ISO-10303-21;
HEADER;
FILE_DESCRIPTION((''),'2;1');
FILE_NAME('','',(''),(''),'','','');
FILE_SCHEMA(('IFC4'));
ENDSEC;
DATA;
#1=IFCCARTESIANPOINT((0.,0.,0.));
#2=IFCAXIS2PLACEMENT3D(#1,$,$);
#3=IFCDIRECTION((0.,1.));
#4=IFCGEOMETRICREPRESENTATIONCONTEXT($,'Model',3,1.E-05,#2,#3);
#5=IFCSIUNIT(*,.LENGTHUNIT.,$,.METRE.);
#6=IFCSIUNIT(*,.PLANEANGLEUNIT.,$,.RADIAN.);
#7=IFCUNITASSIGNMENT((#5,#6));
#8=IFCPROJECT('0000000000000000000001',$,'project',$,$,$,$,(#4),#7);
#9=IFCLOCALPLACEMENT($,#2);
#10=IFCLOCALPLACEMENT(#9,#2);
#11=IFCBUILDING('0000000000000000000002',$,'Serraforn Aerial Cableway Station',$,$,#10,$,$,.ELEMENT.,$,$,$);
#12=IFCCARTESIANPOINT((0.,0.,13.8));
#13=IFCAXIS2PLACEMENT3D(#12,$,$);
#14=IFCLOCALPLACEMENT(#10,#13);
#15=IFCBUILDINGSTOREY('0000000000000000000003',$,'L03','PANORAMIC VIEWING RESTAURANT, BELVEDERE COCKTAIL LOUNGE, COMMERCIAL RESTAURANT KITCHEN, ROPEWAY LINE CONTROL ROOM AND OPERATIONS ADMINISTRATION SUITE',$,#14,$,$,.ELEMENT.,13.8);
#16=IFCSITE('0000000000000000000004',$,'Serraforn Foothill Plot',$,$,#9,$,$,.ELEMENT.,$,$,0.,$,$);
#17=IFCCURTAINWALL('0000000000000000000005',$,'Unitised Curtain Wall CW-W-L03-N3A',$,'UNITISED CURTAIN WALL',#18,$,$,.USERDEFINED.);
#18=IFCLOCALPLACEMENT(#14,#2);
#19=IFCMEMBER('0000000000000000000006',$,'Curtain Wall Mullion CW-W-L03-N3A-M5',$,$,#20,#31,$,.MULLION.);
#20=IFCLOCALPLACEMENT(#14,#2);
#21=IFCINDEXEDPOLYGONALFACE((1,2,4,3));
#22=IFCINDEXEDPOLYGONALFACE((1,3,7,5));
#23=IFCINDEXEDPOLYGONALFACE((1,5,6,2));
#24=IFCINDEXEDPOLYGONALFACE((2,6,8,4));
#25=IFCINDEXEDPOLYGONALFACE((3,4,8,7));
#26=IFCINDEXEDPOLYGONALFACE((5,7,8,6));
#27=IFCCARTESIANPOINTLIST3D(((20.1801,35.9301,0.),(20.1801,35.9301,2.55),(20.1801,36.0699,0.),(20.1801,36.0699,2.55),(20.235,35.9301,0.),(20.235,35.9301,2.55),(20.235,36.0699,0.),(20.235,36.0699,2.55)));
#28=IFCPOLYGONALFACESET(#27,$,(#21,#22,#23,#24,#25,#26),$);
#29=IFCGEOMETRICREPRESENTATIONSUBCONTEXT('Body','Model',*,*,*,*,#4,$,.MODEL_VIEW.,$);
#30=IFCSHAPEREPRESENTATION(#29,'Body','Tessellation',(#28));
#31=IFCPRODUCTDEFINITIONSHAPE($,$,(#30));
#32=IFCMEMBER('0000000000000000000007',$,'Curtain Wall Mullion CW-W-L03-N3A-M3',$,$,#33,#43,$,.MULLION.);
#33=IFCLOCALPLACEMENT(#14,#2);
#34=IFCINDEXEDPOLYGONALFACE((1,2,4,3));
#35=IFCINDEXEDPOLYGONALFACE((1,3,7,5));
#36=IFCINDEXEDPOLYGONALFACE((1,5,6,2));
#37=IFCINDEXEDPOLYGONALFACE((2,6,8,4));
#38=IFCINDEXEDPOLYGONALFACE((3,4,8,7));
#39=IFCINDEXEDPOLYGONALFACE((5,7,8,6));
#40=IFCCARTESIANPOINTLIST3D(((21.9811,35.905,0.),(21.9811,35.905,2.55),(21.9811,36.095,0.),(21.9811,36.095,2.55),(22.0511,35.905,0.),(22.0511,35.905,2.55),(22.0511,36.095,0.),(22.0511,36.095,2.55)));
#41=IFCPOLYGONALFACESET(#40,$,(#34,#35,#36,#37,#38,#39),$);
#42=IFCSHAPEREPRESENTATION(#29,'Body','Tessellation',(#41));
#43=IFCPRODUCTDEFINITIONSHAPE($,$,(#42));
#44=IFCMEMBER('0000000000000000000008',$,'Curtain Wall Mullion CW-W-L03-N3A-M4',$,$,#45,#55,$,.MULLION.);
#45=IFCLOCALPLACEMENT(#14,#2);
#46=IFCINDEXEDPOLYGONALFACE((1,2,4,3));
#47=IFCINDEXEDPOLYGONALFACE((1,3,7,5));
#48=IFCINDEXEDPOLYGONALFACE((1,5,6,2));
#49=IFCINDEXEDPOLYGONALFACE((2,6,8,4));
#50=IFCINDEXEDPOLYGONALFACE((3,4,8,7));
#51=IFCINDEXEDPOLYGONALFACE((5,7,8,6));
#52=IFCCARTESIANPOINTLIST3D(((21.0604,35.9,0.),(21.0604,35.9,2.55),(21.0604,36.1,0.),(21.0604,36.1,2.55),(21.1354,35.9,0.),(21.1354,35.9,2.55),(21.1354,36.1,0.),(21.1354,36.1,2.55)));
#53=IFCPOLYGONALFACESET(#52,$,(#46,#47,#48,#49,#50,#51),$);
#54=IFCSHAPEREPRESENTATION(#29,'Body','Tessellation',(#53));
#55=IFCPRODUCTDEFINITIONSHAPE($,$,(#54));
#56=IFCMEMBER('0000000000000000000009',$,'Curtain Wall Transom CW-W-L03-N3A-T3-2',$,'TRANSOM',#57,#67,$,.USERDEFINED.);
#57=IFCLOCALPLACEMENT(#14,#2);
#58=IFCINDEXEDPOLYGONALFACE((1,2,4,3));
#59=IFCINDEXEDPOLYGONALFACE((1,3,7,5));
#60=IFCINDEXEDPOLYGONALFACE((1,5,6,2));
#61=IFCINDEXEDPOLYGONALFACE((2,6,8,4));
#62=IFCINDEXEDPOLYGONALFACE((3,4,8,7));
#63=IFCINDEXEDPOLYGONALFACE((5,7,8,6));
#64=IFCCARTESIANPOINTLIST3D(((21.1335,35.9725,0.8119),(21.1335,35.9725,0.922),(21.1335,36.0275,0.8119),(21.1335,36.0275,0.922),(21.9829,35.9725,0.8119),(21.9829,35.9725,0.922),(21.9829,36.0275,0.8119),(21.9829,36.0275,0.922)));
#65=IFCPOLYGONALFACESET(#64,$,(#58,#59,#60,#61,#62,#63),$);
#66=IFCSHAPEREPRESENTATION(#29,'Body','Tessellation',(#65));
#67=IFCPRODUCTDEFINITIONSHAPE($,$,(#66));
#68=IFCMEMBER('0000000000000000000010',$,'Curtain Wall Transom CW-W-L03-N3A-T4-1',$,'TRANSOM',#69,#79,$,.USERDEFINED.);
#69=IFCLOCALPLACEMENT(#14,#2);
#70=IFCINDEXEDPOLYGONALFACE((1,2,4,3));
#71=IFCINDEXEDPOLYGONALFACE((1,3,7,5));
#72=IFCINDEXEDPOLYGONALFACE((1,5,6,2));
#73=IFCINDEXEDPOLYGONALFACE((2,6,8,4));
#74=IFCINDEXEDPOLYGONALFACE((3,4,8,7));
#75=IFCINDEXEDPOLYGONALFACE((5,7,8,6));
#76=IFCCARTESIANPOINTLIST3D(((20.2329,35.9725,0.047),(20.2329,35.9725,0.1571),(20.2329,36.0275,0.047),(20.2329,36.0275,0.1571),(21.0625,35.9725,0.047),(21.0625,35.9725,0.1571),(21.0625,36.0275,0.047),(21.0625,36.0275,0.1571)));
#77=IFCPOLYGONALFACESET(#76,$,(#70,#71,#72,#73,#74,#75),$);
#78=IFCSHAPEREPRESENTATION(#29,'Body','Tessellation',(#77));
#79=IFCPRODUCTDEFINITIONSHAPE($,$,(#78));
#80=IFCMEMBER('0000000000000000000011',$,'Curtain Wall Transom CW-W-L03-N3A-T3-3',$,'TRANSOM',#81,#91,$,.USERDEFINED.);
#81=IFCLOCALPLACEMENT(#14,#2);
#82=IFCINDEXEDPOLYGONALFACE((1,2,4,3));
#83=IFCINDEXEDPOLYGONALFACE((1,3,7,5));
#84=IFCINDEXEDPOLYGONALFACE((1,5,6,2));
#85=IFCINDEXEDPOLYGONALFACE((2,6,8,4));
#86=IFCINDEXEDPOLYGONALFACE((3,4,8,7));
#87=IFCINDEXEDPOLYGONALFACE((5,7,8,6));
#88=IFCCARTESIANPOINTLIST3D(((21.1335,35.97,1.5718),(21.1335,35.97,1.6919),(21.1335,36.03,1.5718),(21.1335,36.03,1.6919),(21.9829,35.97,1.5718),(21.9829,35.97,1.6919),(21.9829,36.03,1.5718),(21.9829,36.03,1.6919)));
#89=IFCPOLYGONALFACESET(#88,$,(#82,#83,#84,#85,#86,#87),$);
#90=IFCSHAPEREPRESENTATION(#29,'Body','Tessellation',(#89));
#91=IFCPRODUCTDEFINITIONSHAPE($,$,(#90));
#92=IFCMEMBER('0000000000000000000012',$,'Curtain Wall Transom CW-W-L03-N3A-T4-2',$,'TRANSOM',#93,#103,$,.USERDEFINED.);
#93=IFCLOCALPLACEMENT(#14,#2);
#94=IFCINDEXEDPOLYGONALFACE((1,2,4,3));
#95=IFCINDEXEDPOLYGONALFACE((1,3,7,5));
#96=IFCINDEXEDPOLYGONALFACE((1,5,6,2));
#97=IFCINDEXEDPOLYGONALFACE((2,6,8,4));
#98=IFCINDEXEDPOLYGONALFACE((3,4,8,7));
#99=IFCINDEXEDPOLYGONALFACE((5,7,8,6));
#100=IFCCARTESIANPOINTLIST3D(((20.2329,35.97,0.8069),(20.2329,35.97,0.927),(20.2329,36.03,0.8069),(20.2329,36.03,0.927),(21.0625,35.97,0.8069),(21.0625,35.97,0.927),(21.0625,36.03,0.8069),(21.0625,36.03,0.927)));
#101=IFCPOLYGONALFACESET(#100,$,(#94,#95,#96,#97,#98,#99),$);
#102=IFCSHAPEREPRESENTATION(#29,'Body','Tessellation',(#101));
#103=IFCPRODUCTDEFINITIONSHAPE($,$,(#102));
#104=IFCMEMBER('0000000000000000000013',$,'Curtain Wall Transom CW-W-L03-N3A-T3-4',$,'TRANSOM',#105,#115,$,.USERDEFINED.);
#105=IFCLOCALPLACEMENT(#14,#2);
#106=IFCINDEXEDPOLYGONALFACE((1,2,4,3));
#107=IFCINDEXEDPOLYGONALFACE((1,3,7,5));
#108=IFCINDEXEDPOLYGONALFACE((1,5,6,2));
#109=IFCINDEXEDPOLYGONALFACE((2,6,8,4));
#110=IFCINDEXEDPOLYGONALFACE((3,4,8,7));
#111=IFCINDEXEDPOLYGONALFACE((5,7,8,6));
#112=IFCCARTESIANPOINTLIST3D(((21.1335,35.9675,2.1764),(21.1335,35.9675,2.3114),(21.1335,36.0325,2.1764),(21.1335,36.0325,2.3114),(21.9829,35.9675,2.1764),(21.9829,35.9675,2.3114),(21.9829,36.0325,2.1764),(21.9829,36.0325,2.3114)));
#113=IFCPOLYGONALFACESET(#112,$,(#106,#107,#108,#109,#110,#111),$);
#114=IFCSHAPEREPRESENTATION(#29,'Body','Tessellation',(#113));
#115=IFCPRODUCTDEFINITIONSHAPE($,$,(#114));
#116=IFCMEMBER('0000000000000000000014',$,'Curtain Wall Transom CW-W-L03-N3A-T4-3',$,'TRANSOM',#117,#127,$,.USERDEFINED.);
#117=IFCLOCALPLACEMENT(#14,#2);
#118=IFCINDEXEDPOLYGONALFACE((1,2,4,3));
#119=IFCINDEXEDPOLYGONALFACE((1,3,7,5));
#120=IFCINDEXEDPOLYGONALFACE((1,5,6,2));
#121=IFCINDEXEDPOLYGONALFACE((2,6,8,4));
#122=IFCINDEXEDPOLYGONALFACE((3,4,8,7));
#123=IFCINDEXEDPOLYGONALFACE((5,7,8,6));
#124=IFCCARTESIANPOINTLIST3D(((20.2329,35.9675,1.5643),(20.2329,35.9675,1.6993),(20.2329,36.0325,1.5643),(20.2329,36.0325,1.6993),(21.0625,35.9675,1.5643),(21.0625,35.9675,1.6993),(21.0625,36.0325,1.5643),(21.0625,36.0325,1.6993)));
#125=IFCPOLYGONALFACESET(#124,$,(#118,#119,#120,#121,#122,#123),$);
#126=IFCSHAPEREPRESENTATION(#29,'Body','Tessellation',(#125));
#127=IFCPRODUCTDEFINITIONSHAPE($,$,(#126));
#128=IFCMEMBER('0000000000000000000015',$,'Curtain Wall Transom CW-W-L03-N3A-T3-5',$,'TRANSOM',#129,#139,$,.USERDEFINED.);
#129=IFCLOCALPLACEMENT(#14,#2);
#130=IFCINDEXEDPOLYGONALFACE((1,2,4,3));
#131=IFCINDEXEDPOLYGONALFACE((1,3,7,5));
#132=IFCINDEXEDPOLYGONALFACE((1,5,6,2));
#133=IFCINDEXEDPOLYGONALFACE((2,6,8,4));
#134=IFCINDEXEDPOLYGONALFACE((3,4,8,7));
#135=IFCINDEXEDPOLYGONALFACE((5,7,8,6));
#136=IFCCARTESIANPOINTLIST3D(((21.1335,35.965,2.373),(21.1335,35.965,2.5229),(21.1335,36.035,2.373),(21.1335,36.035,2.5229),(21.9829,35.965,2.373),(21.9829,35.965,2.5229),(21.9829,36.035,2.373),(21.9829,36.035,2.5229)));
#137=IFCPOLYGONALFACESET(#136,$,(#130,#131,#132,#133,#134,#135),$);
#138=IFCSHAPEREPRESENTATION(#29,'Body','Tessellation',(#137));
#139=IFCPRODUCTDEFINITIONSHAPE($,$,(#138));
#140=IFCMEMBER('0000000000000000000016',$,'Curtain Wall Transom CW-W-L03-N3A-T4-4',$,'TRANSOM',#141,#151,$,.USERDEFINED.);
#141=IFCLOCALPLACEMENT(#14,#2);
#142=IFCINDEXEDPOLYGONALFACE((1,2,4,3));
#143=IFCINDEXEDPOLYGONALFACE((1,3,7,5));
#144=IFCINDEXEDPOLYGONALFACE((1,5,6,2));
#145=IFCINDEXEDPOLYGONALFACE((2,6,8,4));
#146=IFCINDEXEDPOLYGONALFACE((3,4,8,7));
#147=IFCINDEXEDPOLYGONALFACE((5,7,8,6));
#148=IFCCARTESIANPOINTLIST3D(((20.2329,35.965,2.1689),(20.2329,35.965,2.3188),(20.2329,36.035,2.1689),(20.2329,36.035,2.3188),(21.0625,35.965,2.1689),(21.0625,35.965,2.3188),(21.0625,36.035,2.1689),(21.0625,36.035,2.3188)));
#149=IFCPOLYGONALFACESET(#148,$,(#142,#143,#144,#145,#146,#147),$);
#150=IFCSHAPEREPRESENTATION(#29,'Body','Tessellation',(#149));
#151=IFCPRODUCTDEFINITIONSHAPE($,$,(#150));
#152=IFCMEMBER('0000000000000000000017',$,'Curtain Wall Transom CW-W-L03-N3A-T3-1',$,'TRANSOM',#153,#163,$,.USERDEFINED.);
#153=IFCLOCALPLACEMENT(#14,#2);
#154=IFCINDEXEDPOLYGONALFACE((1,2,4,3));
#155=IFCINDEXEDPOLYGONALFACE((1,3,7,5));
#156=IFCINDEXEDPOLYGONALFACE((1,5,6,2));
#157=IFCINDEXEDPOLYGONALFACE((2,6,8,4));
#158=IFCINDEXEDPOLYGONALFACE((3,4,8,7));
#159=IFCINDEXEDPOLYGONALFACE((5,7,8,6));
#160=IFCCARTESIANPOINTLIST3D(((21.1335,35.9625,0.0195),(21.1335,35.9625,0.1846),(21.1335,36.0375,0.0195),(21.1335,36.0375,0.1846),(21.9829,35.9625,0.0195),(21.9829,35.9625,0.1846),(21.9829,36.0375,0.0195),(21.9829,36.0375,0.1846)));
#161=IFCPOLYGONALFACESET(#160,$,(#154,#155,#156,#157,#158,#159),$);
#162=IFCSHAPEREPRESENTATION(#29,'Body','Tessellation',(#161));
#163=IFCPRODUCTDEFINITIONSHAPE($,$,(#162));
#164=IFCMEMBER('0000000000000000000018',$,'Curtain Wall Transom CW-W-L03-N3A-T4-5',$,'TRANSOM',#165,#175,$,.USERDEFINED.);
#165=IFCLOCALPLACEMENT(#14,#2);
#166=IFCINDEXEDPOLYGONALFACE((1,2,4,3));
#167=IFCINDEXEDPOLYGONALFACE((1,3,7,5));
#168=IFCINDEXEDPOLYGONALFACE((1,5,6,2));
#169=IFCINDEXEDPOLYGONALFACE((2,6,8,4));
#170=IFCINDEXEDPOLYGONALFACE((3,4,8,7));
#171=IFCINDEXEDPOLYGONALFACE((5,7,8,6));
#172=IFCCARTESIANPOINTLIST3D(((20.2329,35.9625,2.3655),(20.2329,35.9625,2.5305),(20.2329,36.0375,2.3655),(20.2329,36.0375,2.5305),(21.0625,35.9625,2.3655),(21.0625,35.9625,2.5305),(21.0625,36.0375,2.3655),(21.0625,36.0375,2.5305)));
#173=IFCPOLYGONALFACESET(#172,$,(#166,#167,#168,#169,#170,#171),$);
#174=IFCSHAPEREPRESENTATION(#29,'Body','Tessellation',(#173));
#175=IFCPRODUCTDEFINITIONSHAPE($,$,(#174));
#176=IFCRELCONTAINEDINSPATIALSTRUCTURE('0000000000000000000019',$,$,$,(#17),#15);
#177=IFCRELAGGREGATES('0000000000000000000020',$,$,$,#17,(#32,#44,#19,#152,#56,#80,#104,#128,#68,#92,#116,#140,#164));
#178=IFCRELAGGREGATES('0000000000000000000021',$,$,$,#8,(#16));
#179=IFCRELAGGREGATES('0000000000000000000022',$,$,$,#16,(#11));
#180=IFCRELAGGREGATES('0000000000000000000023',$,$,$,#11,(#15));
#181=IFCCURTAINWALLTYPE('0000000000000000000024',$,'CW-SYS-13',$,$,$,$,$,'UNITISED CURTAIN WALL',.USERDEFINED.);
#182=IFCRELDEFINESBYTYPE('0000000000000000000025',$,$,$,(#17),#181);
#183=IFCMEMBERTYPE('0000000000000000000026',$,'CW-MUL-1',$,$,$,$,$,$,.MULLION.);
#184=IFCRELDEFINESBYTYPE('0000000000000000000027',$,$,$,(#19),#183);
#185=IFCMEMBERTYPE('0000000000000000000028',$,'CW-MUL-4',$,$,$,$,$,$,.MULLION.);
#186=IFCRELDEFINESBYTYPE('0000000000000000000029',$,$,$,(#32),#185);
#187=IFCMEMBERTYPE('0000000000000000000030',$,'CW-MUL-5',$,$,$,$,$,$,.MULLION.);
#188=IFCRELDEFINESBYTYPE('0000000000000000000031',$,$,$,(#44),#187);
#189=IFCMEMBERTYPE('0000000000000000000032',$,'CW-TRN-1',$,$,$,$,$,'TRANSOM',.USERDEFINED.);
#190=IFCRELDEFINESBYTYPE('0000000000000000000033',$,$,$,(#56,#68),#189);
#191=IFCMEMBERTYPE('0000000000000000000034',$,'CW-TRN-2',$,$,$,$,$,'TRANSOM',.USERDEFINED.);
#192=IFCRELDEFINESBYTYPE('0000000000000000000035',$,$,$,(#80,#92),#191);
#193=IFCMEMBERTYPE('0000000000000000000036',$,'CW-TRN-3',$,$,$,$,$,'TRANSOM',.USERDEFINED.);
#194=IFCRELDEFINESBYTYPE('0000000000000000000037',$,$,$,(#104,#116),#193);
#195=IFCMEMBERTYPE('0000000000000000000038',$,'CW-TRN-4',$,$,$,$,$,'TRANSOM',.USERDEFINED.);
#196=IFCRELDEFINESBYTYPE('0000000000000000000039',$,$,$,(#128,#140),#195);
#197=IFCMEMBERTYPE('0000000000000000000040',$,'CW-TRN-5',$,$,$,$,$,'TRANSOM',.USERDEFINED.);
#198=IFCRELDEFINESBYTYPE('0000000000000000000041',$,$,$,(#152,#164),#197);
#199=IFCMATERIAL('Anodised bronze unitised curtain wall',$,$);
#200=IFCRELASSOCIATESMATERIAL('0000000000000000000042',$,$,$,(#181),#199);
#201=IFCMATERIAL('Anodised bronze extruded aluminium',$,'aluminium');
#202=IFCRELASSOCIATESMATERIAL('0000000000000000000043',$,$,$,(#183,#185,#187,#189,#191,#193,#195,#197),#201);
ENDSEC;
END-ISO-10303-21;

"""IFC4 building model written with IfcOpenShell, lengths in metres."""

from ifc_helpers import new_model, si_unit, direction, frame, origin, origin_2d, place, context, subcontext, project, spatial, rectangle, extrude, material, material_profile, profile_set, type_object, element, aggregate, save


model = new_model("IFC4")

# Units and contexts
model_context = context("Model", 3, precision=1e-05, world=origin(), true_north=direction((0.0, 1.0)))
body_context = subcontext(model_context, "Body", "Model", "MODEL_VIEW")
ifc_project = project(units=[si_unit("LENGTHUNIT", "METRE"), si_unit("PLANEANGLEUNIT", "RADIAN")], contexts=[model_context])

# Site, building, storey
site_placement = place(None, origin())
site = spatial("IfcSite", under=ifc_project, at=site_placement, Name="Serraforn Foothill Plot", CompositionType="ELEMENT", RefElevation=0.0)
building_placement = place(site_placement, origin())
building = spatial("IfcBuilding", under=site, at=building_placement, Name="Serraforn Aerial Cableway Station", CompositionType="ELEMENT")
storey_placement = place(building_placement, frame((0.0, 0.0, 13.8)))
storey = spatial("IfcBuildingStorey", under=building, at=storey_placement, Name="L03", Description="PANORAMIC VIEWING RESTAURANT, BELVEDERE COCKTAIL LOUNGE, COMMERCIAL RESTAURANT KITCHEN, ROPEWAY LINE CONTROL ROOM AND OPERATIONS ADMINISTRATION SUITE", CompositionType="ELEMENT", Elevation=13.8)

# Curtain wall, members
ifc_material_1 = material(Name="Anodised bronze unitised curtain wall")
curtain_wall_type = type_object("IfcCurtainWallType", Name="CW-SYS-13", ElementType="UNITISED CURTAIN WALL", PredefinedType="USERDEFINED", material=ifc_material_1)
curtain_wall_placement = place(storey_placement, origin())
curtain_wall = element("IfcCurtainWall", 1, at=curtain_wall_placement, inside=storey, type_object=curtain_wall_type, Name="Unitised Curtain Wall CW-W-L03-N3A", ObjectType="UNITISED CURTAIN WALL", PredefinedType="USERDEFINED")
ifc_material_2 = material(Name="Anodised bronze extruded aluminium", Category="aluminium")
ifc_material_profile_1 = material_profile(ifc_material_2, rectangle(XDim=0.0549, YDim=0.1399, at=origin_2d()), Name="CW MULLION 55x140")
ifc_profile_set_1 = profile_set([ifc_material_profile_1], Name="Anodised bronze extruded aluminium")
member_type_1 = type_object("IfcMemberType", Name="CW-MUL-1", PredefinedType="MULLION", material=ifc_profile_set_1)
member_1_placement = place(storey_placement, frame((20.2075, 36.0, 0.0), z_axis=(0.0, 0.0, 1.0), x_axis=(-1.0, 0.0, 0.0)))
member_1 = element("IfcMember", 2, at=member_1_placement, type_object=member_type_1, Name="Curtain Wall Mullion CW-W-L03-N3A-M5", PredefinedType="MULLION", context=body_context, shape_type="SweptSolid", body=[
    extrude(rectangle(XDim=0.0549, YDim=0.1399, at=origin_2d()), origin(), (0.0, 0.0, 1.0), 2.55),
])
ifc_material_profile_2 = material_profile(ifc_material_2, rectangle(XDim=0.0701, YDim=0.1899, at=origin_2d()), Name="CW MULLION 70x190")
ifc_profile_set_2 = profile_set([ifc_material_profile_2], Name="Anodised bronze extruded aluminium")
member_type_2 = type_object("IfcMemberType", Name="CW-MUL-4", PredefinedType="MULLION", material=ifc_profile_set_2)
member_2_placement = place(storey_placement, frame((22.0161, 36.0, 0.0), z_axis=(0.0, 0.0, 1.0), x_axis=(-1.0, 0.0, 0.0)))
member_2 = element("IfcMember", 3, at=member_2_placement, type_object=member_type_2, Name="Curtain Wall Mullion CW-W-L03-N3A-M3", PredefinedType="MULLION", context=body_context, shape_type="SweptSolid", body=[
    extrude(rectangle(XDim=0.0701, YDim=0.1899, at=origin_2d()), origin(), (0.0, 0.0, 1.0), 2.55),
])
ifc_material_profile_3 = material_profile(ifc_material_2, rectangle(XDim=0.075, YDim=0.2, at=origin_2d()), Name="CW MULLION 75x200")
ifc_profile_set_3 = profile_set([ifc_material_profile_3], Name="Anodised bronze extruded aluminium")
member_type_3 = type_object("IfcMemberType", Name="CW-MUL-5", PredefinedType="MULLION", material=ifc_profile_set_3)
member_3_placement = place(storey_placement, frame((21.0979, 36.0, 0.0), z_axis=(0.0, 0.0, 1.0), x_axis=(-1.0, 0.0, 0.0)))
member_3 = element("IfcMember", 4, at=member_3_placement, type_object=member_type_3, Name="Curtain Wall Mullion CW-W-L03-N3A-M4", PredefinedType="MULLION", context=body_context, shape_type="SweptSolid", body=[
    extrude(rectangle(XDim=0.075, YDim=0.2, at=origin_2d()), origin(), (0.0, 0.0, 1.0), 2.55),
])
ifc_material_profile_4 = material_profile(ifc_material_2, rectangle(XDim=0.0549, YDim=0.1101, at=origin_2d()), Name="CW TRANSOM 55x110")
ifc_profile_set_4 = profile_set([ifc_material_profile_4], Name="Anodised bronze extruded aluminium")
member_type_4 = type_object("IfcMemberType", Name="CW-TRN-1", ElementType="TRANSOM", PredefinedType="USERDEFINED", material=ifc_profile_set_4)
member_4_placement = place(storey_placement, frame((21.9829, 36.0, 0.8669), z_axis=(-1.0, 0.0, 0.0), x_axis=(0.0, -1.0, 0.0)))
member_4 = element("IfcMember", 5, at=member_4_placement, type_object=member_type_4, Name="Curtain Wall Transom CW-W-L03-N3A-T3-2", ObjectType="TRANSOM", PredefinedType="USERDEFINED", context=body_context, shape_type="SweptSolid", body=[
    extrude(rectangle(XDim=0.0549, YDim=0.1101, at=origin_2d()), origin(), (0.0, 0.0, 1.0), 0.8494),
])
member_5_placement = place(storey_placement, frame((21.0625, 36.0, 0.1021), z_axis=(-1.0, 0.0, 0.0), x_axis=(0.0, -1.0, 0.0)))
member_5 = element("IfcMember", 6, at=member_5_placement, type_object=member_type_4, Name="Curtain Wall Transom CW-W-L03-N3A-T4-1", ObjectType="TRANSOM", PredefinedType="USERDEFINED", context=body_context, shape_type="SweptSolid", body=[
    extrude(rectangle(XDim=0.0549, YDim=0.1101, at=origin_2d()), origin(), (0.0, 0.0, 1.0), 0.8296),
])
ifc_material_profile_5 = material_profile(ifc_material_2, rectangle(XDim=0.0601, YDim=0.1201, at=origin_2d()), Name="CW TRANSOM 60x120")
ifc_profile_set_5 = profile_set([ifc_material_profile_5], Name="Anodised bronze extruded aluminium")
member_type_5 = type_object("IfcMemberType", Name="CW-TRN-2", ElementType="TRANSOM", PredefinedType="USERDEFINED", material=ifc_profile_set_5)
member_6_placement = place(storey_placement, frame((21.9829, 36.0, 1.6318), z_axis=(-1.0, 0.0, 0.0), x_axis=(0.0, -1.0, 0.0)))
member_6 = element("IfcMember", 7, at=member_6_placement, type_object=member_type_5, Name="Curtain Wall Transom CW-W-L03-N3A-T3-3", ObjectType="TRANSOM", PredefinedType="USERDEFINED", context=body_context, shape_type="SweptSolid", body=[
    extrude(rectangle(XDim=0.0601, YDim=0.1201, at=origin_2d()), origin(), (0.0, 0.0, 1.0), 0.8494),
])
member_7_placement = place(storey_placement, frame((21.0625, 36.0, 0.8669), z_axis=(-1.0, 0.0, 0.0), x_axis=(0.0, -1.0, 0.0)))
member_7 = element("IfcMember", 8, at=member_7_placement, type_object=member_type_5, Name="Curtain Wall Transom CW-W-L03-N3A-T4-2", ObjectType="TRANSOM", PredefinedType="USERDEFINED", context=body_context, shape_type="SweptSolid", body=[
    extrude(rectangle(XDim=0.0601, YDim=0.1201, at=origin_2d()), origin(), (0.0, 0.0, 1.0), 0.8296),
])
ifc_material_profile_6 = material_profile(ifc_material_2, rectangle(XDim=0.0649, YDim=0.135, at=origin_2d()), Name="CW TRANSOM 65x135")
ifc_profile_set_6 = profile_set([ifc_material_profile_6], Name="Anodised bronze extruded aluminium")
member_type_6 = type_object("IfcMemberType", Name="CW-TRN-3", ElementType="TRANSOM", PredefinedType="USERDEFINED", material=ifc_profile_set_6)
member_8_placement = place(storey_placement, frame((21.9829, 36.0, 2.2439), z_axis=(-1.0, 0.0, 0.0), x_axis=(0.0, -1.0, 0.0)))
member_8 = element("IfcMember", 9, at=member_8_placement, type_object=member_type_6, Name="Curtain Wall Transom CW-W-L03-N3A-T3-4", ObjectType="TRANSOM", PredefinedType="USERDEFINED", context=body_context, shape_type="SweptSolid", body=[
    extrude(rectangle(XDim=0.0649, YDim=0.135, at=origin_2d()), origin(), (0.0, 0.0, 1.0), 0.8494),
])
member_9_placement = place(storey_placement, frame((21.0625, 36.0, 1.6318), z_axis=(-1.0, 0.0, 0.0), x_axis=(0.0, -1.0, 0.0)))
member_9 = element("IfcMember", 10, at=member_9_placement, type_object=member_type_6, Name="Curtain Wall Transom CW-W-L03-N3A-T4-3", ObjectType="TRANSOM", PredefinedType="USERDEFINED", context=body_context, shape_type="SweptSolid", body=[
    extrude(rectangle(XDim=0.0649, YDim=0.135, at=origin_2d()), origin(), (0.0, 0.0, 1.0), 0.8296),
])
ifc_material_profile_7 = material_profile(ifc_material_2, rectangle(XDim=0.0701, YDim=0.1499, at=origin_2d()), Name="CW TRANSOM 70x150")
ifc_profile_set_7 = profile_set([ifc_material_profile_7], Name="Anodised bronze extruded aluminium")
member_type_7 = type_object("IfcMemberType", Name="CW-TRN-4", ElementType="TRANSOM", PredefinedType="USERDEFINED", material=ifc_profile_set_7)
member_10_placement = place(storey_placement, frame((21.9829, 36.0, 2.448), z_axis=(-1.0, 0.0, 0.0), x_axis=(0.0, -1.0, 0.0)))
member_10 = element("IfcMember", 11, at=member_10_placement, type_object=member_type_7, Name="Curtain Wall Transom CW-W-L03-N3A-T3-5", ObjectType="TRANSOM", PredefinedType="USERDEFINED", context=body_context, shape_type="SweptSolid", body=[
    extrude(rectangle(XDim=0.0701, YDim=0.1499, at=origin_2d()), origin(), (0.0, 0.0, 1.0), 0.8494),
])
member_11_placement = place(storey_placement, frame((21.0625, 36.0, 2.2439), z_axis=(-1.0, 0.0, 0.0), x_axis=(0.0, -1.0, 0.0)))
member_11 = element("IfcMember", 12, at=member_11_placement, type_object=member_type_7, Name="Curtain Wall Transom CW-W-L03-N3A-T4-4", ObjectType="TRANSOM", PredefinedType="USERDEFINED", context=body_context, shape_type="SweptSolid", body=[
    extrude(rectangle(XDim=0.0701, YDim=0.1499, at=origin_2d()), origin(), (0.0, 0.0, 1.0), 0.8296),
])
ifc_material_profile_8 = material_profile(ifc_material_2, rectangle(XDim=0.075, YDim=0.165, at=origin_2d()), Name="CW TRANSOM 75x165")
ifc_profile_set_8 = profile_set([ifc_material_profile_8], Name="Anodised bronze extruded aluminium")
member_type_8 = type_object("IfcMemberType", Name="CW-TRN-5", ElementType="TRANSOM", PredefinedType="USERDEFINED", material=ifc_profile_set_8)
member_12_placement = place(storey_placement, frame((21.9829, 36.0, 0.1021), z_axis=(-1.0, 0.0, 0.0), x_axis=(0.0, -1.0, 0.0)))
member_12 = element("IfcMember", 13, at=member_12_placement, type_object=member_type_8, Name="Curtain Wall Transom CW-W-L03-N3A-T3-1", ObjectType="TRANSOM", PredefinedType="USERDEFINED", context=body_context, shape_type="SweptSolid", body=[
    extrude(rectangle(XDim=0.075, YDim=0.165, at=origin_2d()), origin(), (0.0, 0.0, 1.0), 0.8494),
])
member_13_placement = place(storey_placement, frame((21.0625, 36.0, 2.448), z_axis=(-1.0, 0.0, 0.0), x_axis=(0.0, -1.0, 0.0)))
member_13 = element("IfcMember", 14, at=member_13_placement, type_object=member_type_8, Name="Curtain Wall Transom CW-W-L03-N3A-T4-5", ObjectType="TRANSOM", PredefinedType="USERDEFINED", context=body_context, shape_type="SweptSolid", body=[
    extrude(rectangle(XDim=0.075, YDim=0.165, at=origin_2d()), origin(), (0.0, 0.0, 1.0), 0.8296),
])
aggregate(curtain_wall, [member_2, member_3, member_1, member_12, member_4, member_6, member_8, member_10, member_5, member_7, member_9, member_11, member_13])

save(model, "model.ifc")
